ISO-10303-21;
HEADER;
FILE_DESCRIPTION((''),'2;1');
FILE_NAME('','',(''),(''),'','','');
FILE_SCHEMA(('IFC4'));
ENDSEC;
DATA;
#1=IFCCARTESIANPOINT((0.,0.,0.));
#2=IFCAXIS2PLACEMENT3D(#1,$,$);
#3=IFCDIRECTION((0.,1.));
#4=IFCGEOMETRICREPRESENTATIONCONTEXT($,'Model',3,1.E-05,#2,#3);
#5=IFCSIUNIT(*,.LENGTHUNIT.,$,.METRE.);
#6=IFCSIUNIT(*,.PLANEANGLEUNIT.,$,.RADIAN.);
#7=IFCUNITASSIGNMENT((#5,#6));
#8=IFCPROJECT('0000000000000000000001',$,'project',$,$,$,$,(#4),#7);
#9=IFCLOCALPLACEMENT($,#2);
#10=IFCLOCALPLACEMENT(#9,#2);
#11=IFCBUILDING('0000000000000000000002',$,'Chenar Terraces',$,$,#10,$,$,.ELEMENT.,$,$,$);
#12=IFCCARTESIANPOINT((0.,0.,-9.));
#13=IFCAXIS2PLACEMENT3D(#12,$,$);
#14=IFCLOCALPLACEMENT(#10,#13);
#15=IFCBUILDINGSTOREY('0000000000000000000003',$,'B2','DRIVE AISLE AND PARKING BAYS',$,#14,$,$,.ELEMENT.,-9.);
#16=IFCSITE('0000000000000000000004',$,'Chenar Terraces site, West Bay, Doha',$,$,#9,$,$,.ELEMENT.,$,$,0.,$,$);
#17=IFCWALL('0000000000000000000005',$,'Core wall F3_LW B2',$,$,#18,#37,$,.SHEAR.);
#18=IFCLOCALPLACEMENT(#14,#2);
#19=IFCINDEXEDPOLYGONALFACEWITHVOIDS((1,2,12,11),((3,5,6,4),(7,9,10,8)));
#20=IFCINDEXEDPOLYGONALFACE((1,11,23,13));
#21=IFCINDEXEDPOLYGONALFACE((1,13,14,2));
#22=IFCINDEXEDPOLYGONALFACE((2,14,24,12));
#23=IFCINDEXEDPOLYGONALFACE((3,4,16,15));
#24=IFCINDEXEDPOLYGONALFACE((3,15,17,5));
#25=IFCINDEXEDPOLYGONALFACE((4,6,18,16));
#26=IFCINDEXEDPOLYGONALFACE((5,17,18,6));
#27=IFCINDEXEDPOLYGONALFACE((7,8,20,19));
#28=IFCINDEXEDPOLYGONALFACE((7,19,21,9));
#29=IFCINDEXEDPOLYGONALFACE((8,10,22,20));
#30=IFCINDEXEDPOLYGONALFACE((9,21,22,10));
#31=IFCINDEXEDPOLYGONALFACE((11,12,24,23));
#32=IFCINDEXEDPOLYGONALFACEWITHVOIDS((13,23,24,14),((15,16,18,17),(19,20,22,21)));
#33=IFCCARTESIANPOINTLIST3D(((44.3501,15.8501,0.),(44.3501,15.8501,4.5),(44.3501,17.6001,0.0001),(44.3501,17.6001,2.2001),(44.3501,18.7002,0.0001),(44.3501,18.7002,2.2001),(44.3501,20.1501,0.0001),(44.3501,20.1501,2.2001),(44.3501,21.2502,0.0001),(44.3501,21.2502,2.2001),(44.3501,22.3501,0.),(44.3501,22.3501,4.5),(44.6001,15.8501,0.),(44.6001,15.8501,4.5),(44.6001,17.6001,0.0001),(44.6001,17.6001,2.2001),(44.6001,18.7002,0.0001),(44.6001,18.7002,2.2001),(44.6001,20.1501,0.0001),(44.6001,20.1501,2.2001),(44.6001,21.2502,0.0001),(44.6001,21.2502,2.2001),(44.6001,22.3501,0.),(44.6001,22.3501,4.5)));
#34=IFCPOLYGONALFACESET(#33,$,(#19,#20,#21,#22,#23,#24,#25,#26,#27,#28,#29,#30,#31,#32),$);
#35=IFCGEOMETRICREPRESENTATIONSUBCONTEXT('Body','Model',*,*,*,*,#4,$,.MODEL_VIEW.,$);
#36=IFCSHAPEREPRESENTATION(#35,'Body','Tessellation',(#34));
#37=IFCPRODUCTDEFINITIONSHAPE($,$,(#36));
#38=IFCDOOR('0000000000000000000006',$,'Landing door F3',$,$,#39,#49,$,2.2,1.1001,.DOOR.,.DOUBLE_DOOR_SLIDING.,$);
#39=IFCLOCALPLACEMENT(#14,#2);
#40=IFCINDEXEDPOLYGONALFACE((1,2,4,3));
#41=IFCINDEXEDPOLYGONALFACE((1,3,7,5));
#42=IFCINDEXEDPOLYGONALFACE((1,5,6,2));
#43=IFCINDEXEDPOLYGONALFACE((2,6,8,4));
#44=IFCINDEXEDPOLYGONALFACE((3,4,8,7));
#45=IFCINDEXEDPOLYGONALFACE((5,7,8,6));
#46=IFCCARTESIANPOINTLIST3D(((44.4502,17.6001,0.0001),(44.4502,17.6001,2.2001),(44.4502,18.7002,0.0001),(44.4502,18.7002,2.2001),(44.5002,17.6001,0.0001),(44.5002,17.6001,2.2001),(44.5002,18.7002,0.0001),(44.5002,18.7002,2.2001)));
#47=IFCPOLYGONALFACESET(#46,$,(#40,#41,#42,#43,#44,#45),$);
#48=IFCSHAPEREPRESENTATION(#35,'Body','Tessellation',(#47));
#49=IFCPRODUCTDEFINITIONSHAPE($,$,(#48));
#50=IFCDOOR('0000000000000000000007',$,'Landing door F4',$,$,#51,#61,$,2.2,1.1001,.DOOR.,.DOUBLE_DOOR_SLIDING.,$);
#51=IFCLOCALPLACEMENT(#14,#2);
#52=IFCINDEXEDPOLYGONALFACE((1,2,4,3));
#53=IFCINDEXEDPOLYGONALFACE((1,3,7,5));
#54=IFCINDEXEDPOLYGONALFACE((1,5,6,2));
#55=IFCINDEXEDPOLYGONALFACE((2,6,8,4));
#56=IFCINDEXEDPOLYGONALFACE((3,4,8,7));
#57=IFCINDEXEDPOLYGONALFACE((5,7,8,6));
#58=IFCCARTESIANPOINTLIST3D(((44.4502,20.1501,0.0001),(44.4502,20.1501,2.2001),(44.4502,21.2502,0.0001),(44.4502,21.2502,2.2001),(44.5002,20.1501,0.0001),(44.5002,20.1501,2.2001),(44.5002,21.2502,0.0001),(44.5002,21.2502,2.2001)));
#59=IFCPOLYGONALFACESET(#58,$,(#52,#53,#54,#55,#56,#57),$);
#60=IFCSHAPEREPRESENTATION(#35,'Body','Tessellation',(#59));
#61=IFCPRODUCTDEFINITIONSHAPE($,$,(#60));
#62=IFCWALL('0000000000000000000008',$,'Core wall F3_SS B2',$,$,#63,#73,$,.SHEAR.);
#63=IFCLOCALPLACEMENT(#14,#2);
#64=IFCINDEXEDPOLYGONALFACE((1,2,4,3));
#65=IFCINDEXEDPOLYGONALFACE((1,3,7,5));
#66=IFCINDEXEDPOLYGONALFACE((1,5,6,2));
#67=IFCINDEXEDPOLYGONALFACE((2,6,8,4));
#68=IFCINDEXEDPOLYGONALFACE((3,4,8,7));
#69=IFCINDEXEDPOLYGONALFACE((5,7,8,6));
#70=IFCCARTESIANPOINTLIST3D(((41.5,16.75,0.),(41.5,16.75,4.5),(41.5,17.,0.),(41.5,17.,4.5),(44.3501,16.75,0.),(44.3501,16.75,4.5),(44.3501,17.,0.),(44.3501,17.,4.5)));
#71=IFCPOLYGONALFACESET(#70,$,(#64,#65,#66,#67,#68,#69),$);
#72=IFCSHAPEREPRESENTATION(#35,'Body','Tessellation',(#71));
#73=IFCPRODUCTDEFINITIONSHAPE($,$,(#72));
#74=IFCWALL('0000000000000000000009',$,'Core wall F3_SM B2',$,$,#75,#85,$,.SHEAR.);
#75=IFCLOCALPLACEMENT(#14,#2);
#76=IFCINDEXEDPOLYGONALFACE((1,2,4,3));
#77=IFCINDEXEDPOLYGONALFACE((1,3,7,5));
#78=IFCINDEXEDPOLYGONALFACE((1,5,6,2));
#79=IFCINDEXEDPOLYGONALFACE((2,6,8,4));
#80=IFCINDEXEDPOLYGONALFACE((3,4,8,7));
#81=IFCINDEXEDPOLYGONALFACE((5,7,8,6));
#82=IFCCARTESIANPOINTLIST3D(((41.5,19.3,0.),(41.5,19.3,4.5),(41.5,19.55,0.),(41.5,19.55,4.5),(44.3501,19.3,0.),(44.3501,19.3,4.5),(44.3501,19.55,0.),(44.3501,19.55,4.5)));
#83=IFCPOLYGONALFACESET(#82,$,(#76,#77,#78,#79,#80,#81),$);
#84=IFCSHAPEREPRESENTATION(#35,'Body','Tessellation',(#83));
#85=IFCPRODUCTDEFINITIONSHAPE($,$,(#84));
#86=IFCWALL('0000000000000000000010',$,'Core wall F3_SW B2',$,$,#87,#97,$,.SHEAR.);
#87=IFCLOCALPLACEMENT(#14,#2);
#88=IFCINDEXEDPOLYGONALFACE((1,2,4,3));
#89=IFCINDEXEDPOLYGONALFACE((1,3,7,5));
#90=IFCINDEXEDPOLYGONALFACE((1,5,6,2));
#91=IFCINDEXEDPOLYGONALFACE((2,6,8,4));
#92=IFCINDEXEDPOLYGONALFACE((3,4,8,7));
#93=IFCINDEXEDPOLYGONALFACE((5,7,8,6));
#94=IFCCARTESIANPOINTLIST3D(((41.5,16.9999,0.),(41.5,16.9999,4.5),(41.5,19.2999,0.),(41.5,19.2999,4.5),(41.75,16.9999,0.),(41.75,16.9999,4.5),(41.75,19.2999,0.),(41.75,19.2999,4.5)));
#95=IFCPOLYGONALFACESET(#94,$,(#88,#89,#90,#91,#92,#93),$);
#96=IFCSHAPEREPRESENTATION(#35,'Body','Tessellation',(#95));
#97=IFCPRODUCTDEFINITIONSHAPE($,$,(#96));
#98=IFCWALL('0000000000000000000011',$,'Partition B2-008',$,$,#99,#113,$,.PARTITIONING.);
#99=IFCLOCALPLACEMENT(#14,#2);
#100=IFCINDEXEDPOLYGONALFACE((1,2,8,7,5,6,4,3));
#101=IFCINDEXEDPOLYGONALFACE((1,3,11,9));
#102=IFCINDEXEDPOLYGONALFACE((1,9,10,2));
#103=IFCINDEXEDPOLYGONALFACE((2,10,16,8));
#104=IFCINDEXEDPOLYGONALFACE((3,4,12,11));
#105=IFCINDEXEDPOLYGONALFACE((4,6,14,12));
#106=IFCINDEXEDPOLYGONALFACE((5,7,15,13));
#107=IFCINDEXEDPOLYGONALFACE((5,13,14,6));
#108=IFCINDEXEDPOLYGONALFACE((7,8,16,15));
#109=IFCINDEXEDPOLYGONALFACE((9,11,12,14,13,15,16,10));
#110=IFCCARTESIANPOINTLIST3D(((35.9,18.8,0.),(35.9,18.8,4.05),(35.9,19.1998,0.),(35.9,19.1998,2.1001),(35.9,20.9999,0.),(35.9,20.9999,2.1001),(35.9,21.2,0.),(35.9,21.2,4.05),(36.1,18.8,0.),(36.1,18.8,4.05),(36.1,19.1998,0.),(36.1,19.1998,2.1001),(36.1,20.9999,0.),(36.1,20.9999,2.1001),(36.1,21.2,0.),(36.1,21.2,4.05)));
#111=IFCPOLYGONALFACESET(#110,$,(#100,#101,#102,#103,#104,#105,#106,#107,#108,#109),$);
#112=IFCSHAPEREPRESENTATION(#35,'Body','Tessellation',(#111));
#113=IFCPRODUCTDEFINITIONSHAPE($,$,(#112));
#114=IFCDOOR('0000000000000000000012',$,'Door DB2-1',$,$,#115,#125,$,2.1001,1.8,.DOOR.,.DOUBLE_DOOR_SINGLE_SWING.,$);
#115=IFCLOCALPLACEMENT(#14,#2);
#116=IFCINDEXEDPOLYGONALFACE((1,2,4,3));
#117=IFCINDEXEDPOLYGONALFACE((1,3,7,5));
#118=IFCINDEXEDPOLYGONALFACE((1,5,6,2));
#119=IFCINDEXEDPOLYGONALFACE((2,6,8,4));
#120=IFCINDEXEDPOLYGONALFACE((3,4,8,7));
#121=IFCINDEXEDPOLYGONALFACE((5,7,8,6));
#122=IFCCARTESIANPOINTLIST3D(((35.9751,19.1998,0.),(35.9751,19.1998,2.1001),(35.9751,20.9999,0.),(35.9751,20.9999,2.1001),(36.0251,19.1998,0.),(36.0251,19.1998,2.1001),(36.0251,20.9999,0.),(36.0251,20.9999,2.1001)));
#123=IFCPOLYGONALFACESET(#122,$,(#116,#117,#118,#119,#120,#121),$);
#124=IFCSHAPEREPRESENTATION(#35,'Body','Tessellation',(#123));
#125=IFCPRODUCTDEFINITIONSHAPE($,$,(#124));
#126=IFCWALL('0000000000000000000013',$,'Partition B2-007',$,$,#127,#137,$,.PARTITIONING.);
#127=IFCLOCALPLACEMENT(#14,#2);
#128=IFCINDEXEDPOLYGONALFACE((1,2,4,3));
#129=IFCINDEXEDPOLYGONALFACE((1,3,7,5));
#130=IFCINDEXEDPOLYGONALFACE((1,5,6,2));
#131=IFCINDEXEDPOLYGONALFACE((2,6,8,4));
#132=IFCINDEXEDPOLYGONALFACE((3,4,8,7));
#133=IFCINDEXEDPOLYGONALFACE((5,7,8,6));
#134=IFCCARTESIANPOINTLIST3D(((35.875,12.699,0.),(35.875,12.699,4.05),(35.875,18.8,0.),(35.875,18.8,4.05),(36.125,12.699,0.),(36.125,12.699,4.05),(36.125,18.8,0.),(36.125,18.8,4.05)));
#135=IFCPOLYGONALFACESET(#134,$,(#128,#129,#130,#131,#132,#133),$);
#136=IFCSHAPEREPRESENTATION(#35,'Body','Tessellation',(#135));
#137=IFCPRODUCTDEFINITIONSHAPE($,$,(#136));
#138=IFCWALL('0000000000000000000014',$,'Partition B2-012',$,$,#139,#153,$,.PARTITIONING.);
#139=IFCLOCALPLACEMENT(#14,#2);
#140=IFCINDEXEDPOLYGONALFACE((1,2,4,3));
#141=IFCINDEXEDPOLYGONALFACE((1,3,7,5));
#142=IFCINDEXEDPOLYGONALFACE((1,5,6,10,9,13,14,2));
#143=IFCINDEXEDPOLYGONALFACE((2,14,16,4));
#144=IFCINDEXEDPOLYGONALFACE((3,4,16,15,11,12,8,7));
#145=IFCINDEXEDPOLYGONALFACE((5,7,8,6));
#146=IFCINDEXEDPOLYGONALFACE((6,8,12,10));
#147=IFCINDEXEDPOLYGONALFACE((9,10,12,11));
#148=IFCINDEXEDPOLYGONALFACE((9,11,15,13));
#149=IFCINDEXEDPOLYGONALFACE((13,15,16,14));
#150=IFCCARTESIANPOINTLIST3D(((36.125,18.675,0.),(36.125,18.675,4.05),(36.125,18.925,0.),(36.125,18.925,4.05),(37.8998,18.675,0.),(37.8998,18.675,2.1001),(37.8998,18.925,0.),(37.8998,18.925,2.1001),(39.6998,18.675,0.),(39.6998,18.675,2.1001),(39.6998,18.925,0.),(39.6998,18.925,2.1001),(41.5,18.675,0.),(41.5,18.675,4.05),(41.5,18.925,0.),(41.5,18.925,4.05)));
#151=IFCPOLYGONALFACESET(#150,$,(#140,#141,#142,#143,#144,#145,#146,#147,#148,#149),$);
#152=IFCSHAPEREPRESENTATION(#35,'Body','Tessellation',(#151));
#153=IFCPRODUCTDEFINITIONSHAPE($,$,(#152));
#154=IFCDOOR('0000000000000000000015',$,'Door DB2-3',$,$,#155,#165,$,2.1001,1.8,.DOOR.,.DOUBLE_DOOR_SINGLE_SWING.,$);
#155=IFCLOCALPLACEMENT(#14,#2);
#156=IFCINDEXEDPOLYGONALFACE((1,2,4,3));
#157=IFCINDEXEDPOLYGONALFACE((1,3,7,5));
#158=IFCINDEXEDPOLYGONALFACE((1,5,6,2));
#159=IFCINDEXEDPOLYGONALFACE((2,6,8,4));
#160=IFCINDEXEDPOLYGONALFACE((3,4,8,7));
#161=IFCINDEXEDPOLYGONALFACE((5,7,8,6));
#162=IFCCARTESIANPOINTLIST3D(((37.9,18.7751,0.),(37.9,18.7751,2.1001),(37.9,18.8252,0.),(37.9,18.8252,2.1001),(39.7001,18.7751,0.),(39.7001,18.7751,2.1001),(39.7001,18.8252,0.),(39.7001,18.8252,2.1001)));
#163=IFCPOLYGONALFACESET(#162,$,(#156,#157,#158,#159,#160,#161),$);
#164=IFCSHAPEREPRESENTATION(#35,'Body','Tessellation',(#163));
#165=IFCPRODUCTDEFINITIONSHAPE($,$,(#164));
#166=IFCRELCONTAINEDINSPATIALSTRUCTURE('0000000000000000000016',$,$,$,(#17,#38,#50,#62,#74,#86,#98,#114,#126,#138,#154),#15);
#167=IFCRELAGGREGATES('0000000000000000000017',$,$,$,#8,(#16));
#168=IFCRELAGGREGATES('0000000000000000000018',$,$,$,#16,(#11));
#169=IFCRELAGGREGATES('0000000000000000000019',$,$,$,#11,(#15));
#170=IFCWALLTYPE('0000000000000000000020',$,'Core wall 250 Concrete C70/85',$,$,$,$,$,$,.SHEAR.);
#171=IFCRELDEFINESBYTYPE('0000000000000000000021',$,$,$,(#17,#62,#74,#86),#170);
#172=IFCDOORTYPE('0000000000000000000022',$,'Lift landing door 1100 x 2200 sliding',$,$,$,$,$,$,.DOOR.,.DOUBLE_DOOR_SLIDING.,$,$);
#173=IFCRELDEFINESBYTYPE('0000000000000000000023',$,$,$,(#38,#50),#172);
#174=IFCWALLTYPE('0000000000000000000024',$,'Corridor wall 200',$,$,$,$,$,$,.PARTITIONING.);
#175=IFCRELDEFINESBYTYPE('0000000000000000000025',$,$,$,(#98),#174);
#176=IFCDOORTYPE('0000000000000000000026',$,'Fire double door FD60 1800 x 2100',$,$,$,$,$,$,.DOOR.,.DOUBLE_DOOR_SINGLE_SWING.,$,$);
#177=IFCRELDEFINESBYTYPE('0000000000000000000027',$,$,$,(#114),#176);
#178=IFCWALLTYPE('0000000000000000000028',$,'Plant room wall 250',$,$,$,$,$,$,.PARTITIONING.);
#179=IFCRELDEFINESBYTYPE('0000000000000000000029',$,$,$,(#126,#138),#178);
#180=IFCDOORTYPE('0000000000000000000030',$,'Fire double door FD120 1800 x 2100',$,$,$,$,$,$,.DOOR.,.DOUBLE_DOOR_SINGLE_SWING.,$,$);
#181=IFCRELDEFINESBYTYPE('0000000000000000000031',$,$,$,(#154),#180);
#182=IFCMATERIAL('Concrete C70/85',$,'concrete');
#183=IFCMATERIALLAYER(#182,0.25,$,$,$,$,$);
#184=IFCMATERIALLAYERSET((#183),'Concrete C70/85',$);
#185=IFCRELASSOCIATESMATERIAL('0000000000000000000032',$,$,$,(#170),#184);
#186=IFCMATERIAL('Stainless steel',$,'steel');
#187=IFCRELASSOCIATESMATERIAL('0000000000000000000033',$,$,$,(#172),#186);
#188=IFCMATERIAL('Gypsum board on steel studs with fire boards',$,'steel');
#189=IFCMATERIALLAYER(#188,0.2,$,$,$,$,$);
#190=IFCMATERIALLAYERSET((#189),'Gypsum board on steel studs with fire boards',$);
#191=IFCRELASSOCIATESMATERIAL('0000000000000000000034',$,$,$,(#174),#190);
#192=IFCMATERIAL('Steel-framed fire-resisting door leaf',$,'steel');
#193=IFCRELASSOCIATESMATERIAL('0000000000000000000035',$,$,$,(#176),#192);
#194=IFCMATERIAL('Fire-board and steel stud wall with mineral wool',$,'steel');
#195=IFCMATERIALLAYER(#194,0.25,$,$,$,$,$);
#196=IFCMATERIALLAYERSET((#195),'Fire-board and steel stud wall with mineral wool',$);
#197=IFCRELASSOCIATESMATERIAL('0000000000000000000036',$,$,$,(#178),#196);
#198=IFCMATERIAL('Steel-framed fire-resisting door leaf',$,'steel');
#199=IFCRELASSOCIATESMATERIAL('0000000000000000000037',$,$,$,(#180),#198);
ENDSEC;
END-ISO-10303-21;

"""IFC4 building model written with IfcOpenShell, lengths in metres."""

from ifc_helpers import new_model, si_unit, direction, frame, frame_2d, origin, place, context, subcontext, project, spatial, rectangle, extrude, material, layer, layer_set, type_object, element, fill, save


model = new_model("IFC4")

# Units and contexts
model_context = context("Model", 3, precision=1e-05, world=origin(), true_north=direction((0.0, 1.0)))
body_context = subcontext(model_context, "Body", "Model", "MODEL_VIEW")
ifc_project = project(units=[si_unit("LENGTHUNIT", "METRE"), si_unit("PLANEANGLEUNIT", "RADIAN")], contexts=[model_context])

# Site, building, storey
site_placement = place(None, origin())
site = spatial("IfcSite", under=ifc_project, at=site_placement, Name="Chenar Terraces site, West Bay, Doha", CompositionType="ELEMENT", RefElevation=0.0)
building_placement = place(site_placement, origin())
building = spatial("IfcBuilding", under=site, at=building_placement, Name="Chenar Terraces", CompositionType="ELEMENT")
storey_placement = place(building_placement, frame((0.0, 0.0, -9.0)))
storey = spatial("IfcBuildingStorey", under=building, at=storey_placement, Name="B2", Description="DRIVE AISLE AND PARKING BAYS", CompositionType="ELEMENT", Elevation=-9.0)

# Shared definitions
ifc_material_1 = material(Name="Concrete C70/85", Category="concrete")
ifc_layer_1 = layer(ifc_material_1, 0.25)
ifc_layer_set_1 = layer_set([ifc_layer_1], Name="Concrete C70/85")
wall_type_1 = type_object("IfcWallType", Name="Core wall 250 Concrete C70/85", PredefinedType="SHEAR", material=ifc_layer_set_1)

# Wall, openings, doors
wall_1_placement = place(storey_placement, frame((44.4751, 15.8501, 0.0), z_axis=(0.0, 0.0, 1.0), x_axis=(0.0, 1.0, 0.0)))
wall_1 = element("IfcWall", 1, at=wall_1_placement, inside=storey, type_object=wall_type_1, Name="Core wall F3_LW B2", PredefinedType="SHEAR", context=body_context, shape_type="SweptSolid", body=[
    extrude(rectangle(XDim=6.5, YDim=0.25, at=frame_2d((3.25, 0.0))), origin(), (0.0, 0.0, 1.0), 4.5),
])
opening_1_placement = place(wall_1_placement, frame((1.75, 0.0, 0.0)))
opening_1 = element("IfcOpeningElement", 2, at=opening_1_placement, cuts=wall_1, PredefinedType="OPENING", context=body_context, shape_type="SweptSolid", body=[
    extrude(rectangle(XDim=1.1001, YDim=2.2, at=frame_2d((0.55, 1.1001))), frame((0.0, 0.135, 0.0), z_axis=(0.0, -1.0, 0.0), x_axis=(1.0, 0.0, 0.0)), (0.0, 0.0, 1.0), 0.27),
])
opening_2_placement = place(wall_1_placement, frame((4.3, 0.0, 0.0)))
opening_2 = element("IfcOpeningElement", 3, at=opening_2_placement, cuts=wall_1, PredefinedType="OPENING", context=body_context, shape_type="SweptSolid", body=[
    extrude(rectangle(XDim=1.1001, YDim=2.2, at=frame_2d((0.55, 1.1001))), frame((0.0, 0.135, 0.0), z_axis=(0.0, -1.0, 0.0), x_axis=(1.0, 0.0, 0.0)), (0.0, 0.0, 1.0), 0.27),
])
ifc_material_2 = material(Name="Stainless steel", Category="steel")
door_type_1 = type_object("IfcDoorType", Name="Lift landing door 1100 x 2200 sliding", OperationType="DOUBLE_DOOR_SLIDING", PredefinedType="DOOR", material=ifc_material_2)
door_1_placement = place(opening_1_placement, origin())
door_1 = element("IfcDoor", 4, at=door_1_placement, inside=storey, type_object=door_type_1, Name="Landing door F3", OperationType="DOUBLE_DOOR_SLIDING", OverallHeight=2.2, OverallWidth=1.1001, PredefinedType="DOOR", context=body_context, shape_type="SweptSolid", body=[
    extrude(rectangle(XDim=1.1001, YDim=2.2, at=frame_2d((0.55, 1.1001))), frame((0.0, 0.0249, 0.0), z_axis=(0.0, -1.0, 0.0), x_axis=(1.0, 0.0, 0.0)), (0.0, 0.0, 1.0), 0.05),
])
fill(opening_1, door_1)
door_2_placement = place(opening_2_placement, origin())
door_2 = element("IfcDoor", 5, at=door_2_placement, inside=storey, type_object=door_type_1, Name="Landing door F4", OperationType="DOUBLE_DOOR_SLIDING", OverallHeight=2.2, OverallWidth=1.1001, PredefinedType="DOOR", context=body_context, shape_type="SweptSolid", body=[
    extrude(rectangle(XDim=1.1001, YDim=2.2, at=frame_2d((0.55, 1.1001))), frame((0.0, 0.0249, 0.0), z_axis=(0.0, -1.0, 0.0), x_axis=(1.0, 0.0, 0.0)), (0.0, 0.0, 1.0), 0.05),
])
fill(opening_2, door_2)

# Walls
for number, where, z_axis, x_axis, name in (
    (6, (41.5, 16.875, 0.0), (0.0, 0.0, 1.0), (1.0, 0.0, 0.0), "Core wall F3_SS B2"),
    (7, (41.5, 19.425, 0.0), (0.0, 0.0, 1.0), (1.0, 0.0, 0.0), "Core wall F3_SM B2"),
):
    element("IfcWall", number, at=place(storey_placement, frame(where, z_axis=z_axis, x_axis=x_axis)), inside=storey, type_object=wall_type_1, Name=name, PredefinedType="SHEAR", context=body_context, shape_type="SweptSolid", body=[
        extrude(rectangle(XDim=2.8501, YDim=0.25, at=frame_2d((1.425, 0.0))), origin(), (0.0, 0.0, 1.0), 4.5),
    ])
wall_2_placement = place(storey_placement, frame((41.625, 17.0, 0.0), z_axis=(0.0, 0.0, 1.0), x_axis=(0.0, 1.0, 0.0)))
element("IfcWall", 8, at=wall_2_placement, inside=storey, type_object=wall_type_1, Name="Core wall F3_SW B2", PredefinedType="SHEAR", context=body_context, shape_type="SweptSolid", body=[
    extrude(rectangle(XDim=2.3, YDim=0.25, at=frame_2d((1.1499, 0.0))), origin(), (0.0, 0.0, 1.0), 4.5),
])

# Wall, opening, door
ifc_material_3 = material(Name="Gypsum board on steel studs with fire boards", Category="steel")
ifc_layer_2 = layer(ifc_material_3, 0.2)
ifc_layer_set_2 = layer_set([ifc_layer_2], Name="Gypsum board on steel studs with fire boards")
wall_type_2 = type_object("IfcWallType", Name="Corridor wall 200", PredefinedType="PARTITIONING", material=ifc_layer_set_2)
wall_3_placement = place(storey_placement, frame((36.0, 18.8, 0.0), z_axis=(0.0, 0.0, 1.0), x_axis=(0.0, 1.0, 0.0)))
wall_3 = element("IfcWall", 9, at=wall_3_placement, inside=storey, type_object=wall_type_2, Name="Partition B2-008", PredefinedType="PARTITIONING", context=body_context, shape_type="SweptSolid", body=[
    extrude(rectangle(XDim=2.3999, YDim=0.2, at=frame_2d((1.2, 0.0))), origin(), (0.0, 0.0, 1.0), 4.05),
])
opening_3_placement = place(wall_3_placement, frame((0.3999, 0.0, 0.0)))
opening_3 = element("IfcOpeningElement", 10, at=opening_3_placement, cuts=wall_3, PredefinedType="OPENING", context=body_context, shape_type="SweptSolid", body=[
    extrude(rectangle(XDim=1.8, YDim=2.1001, at=frame_2d((0.8999, 1.05))), frame((0.0, 0.1099, 0.0), z_axis=(0.0, -1.0, 0.0), x_axis=(1.0, 0.0, 0.0)), (0.0, 0.0, 1.0), 0.22),
])
ifc_material_4 = material(Name="Steel-framed fire-resisting door leaf", Category="steel")
door_type_2 = type_object("IfcDoorType", Name="Fire double door FD60 1800 x 2100", OperationType="DOUBLE_DOOR_SINGLE_SWING", PredefinedType="DOOR", material=ifc_material_4)
door_3_placement = place(opening_3_placement, origin())
door_3 = element("IfcDoor", 11, at=door_3_placement, inside=storey, type_object=door_type_2, Name="Door DB2-1", OperationType="DOUBLE_DOOR_SINGLE_SWING", OverallHeight=2.1001, OverallWidth=1.8, PredefinedType="DOOR", context=body_context, shape_type="SweptSolid", body=[
    extrude(rectangle(XDim=1.8, YDim=2.1001, at=frame_2d((0.8999, 1.05))), frame((0.0, 0.0249, 0.0), z_axis=(0.0, -1.0, 0.0), x_axis=(1.0, 0.0, 0.0)), (0.0, 0.0, 1.0), 0.05),
])
fill(opening_3, door_3)

# Wall
ifc_material_5 = material(Name="Fire-board and steel stud wall with mineral wool", Category="steel")
ifc_layer_3 = layer(ifc_material_5, 0.25)
ifc_layer_set_3 = layer_set([ifc_layer_3], Name="Fire-board and steel stud wall with mineral wool")
wall_type_3 = type_object("IfcWallType", Name="Plant room wall 250", PredefinedType="PARTITIONING", material=ifc_layer_set_3)
wall_4_placement = place(storey_placement, frame((36.0, 12.699, 0.0), z_axis=(0.0, 0.0, 1.0), x_axis=(0.0, 1.0, 0.0)))
element("IfcWall", 12, at=wall_4_placement, inside=storey, type_object=wall_type_3, Name="Partition B2-007", PredefinedType="PARTITIONING", context=body_context, shape_type="SweptSolid", body=[
    extrude(rectangle(XDim=6.1011, YDim=0.25, at=frame_2d((3.0505, 0.0))), origin(), (0.0, 0.0, 1.0), 4.05),
])

# Wall, opening, door
wall_5_placement = place(storey_placement, frame((36.125, 18.8, 0.0), z_axis=(0.0, 0.0, 1.0), x_axis=(1.0, 0.0, 0.0)))
wall_5 = element("IfcWall", 13, at=wall_5_placement, inside=storey, type_object=wall_type_3, Name="Partition B2-012", PredefinedType="PARTITIONING", context=body_context, shape_type="SweptSolid", body=[
    extrude(rectangle(XDim=5.375, YDim=0.25, at=frame_2d((2.6875, 0.0))), origin(), (0.0, 0.0, 1.0), 4.05),
])
opening_4_placement = place(wall_5_placement, frame((1.7749, 0.0, 0.0)))
opening_4 = element("IfcOpeningElement", 14, at=opening_4_placement, cuts=wall_5, PredefinedType="OPENING", context=body_context, shape_type="SweptSolid", body=[
    extrude(rectangle(XDim=1.8, YDim=2.1001, at=frame_2d((0.8999, 1.05))), frame((0.0, 0.135, 0.0), z_axis=(0.0, -1.0, 0.0), x_axis=(1.0, 0.0, 0.0)), (0.0, 0.0, 1.0), 0.27),
])
ifc_material_6 = material(Name="Steel-framed fire-resisting door leaf", Category="steel")
door_type_3 = type_object("IfcDoorType", Name="Fire double door FD120 1800 x 2100", OperationType="DOUBLE_DOOR_SINGLE_SWING", PredefinedType="DOOR", material=ifc_material_6)
door_4_placement = place(opening_4_placement, frame((1.8, 0.0, 0.0), z_axis=(0.0, 0.0, 1.0), x_axis=(-1.0, 0.0, 0.0)))
door_4 = element("IfcDoor", 15, at=door_4_placement, inside=storey, type_object=door_type_3, Name="Door DB2-3", OperationType="DOUBLE_DOOR_SINGLE_SWING", OverallHeight=2.1001, OverallWidth=1.8, PredefinedType="DOOR", context=body_context, shape_type="SweptSolid", body=[
    extrude(rectangle(XDim=1.8, YDim=2.1001, at=frame_2d((0.8999, 1.05))), frame((0.0, 0.0249, 0.0), z_axis=(0.0, -1.0, 0.0), x_axis=(1.0, 0.0, 0.0)), (0.0, 0.0, 1.0), 0.05),
])
fill(opening_4, door_4)

save(model, "model.ifc")
